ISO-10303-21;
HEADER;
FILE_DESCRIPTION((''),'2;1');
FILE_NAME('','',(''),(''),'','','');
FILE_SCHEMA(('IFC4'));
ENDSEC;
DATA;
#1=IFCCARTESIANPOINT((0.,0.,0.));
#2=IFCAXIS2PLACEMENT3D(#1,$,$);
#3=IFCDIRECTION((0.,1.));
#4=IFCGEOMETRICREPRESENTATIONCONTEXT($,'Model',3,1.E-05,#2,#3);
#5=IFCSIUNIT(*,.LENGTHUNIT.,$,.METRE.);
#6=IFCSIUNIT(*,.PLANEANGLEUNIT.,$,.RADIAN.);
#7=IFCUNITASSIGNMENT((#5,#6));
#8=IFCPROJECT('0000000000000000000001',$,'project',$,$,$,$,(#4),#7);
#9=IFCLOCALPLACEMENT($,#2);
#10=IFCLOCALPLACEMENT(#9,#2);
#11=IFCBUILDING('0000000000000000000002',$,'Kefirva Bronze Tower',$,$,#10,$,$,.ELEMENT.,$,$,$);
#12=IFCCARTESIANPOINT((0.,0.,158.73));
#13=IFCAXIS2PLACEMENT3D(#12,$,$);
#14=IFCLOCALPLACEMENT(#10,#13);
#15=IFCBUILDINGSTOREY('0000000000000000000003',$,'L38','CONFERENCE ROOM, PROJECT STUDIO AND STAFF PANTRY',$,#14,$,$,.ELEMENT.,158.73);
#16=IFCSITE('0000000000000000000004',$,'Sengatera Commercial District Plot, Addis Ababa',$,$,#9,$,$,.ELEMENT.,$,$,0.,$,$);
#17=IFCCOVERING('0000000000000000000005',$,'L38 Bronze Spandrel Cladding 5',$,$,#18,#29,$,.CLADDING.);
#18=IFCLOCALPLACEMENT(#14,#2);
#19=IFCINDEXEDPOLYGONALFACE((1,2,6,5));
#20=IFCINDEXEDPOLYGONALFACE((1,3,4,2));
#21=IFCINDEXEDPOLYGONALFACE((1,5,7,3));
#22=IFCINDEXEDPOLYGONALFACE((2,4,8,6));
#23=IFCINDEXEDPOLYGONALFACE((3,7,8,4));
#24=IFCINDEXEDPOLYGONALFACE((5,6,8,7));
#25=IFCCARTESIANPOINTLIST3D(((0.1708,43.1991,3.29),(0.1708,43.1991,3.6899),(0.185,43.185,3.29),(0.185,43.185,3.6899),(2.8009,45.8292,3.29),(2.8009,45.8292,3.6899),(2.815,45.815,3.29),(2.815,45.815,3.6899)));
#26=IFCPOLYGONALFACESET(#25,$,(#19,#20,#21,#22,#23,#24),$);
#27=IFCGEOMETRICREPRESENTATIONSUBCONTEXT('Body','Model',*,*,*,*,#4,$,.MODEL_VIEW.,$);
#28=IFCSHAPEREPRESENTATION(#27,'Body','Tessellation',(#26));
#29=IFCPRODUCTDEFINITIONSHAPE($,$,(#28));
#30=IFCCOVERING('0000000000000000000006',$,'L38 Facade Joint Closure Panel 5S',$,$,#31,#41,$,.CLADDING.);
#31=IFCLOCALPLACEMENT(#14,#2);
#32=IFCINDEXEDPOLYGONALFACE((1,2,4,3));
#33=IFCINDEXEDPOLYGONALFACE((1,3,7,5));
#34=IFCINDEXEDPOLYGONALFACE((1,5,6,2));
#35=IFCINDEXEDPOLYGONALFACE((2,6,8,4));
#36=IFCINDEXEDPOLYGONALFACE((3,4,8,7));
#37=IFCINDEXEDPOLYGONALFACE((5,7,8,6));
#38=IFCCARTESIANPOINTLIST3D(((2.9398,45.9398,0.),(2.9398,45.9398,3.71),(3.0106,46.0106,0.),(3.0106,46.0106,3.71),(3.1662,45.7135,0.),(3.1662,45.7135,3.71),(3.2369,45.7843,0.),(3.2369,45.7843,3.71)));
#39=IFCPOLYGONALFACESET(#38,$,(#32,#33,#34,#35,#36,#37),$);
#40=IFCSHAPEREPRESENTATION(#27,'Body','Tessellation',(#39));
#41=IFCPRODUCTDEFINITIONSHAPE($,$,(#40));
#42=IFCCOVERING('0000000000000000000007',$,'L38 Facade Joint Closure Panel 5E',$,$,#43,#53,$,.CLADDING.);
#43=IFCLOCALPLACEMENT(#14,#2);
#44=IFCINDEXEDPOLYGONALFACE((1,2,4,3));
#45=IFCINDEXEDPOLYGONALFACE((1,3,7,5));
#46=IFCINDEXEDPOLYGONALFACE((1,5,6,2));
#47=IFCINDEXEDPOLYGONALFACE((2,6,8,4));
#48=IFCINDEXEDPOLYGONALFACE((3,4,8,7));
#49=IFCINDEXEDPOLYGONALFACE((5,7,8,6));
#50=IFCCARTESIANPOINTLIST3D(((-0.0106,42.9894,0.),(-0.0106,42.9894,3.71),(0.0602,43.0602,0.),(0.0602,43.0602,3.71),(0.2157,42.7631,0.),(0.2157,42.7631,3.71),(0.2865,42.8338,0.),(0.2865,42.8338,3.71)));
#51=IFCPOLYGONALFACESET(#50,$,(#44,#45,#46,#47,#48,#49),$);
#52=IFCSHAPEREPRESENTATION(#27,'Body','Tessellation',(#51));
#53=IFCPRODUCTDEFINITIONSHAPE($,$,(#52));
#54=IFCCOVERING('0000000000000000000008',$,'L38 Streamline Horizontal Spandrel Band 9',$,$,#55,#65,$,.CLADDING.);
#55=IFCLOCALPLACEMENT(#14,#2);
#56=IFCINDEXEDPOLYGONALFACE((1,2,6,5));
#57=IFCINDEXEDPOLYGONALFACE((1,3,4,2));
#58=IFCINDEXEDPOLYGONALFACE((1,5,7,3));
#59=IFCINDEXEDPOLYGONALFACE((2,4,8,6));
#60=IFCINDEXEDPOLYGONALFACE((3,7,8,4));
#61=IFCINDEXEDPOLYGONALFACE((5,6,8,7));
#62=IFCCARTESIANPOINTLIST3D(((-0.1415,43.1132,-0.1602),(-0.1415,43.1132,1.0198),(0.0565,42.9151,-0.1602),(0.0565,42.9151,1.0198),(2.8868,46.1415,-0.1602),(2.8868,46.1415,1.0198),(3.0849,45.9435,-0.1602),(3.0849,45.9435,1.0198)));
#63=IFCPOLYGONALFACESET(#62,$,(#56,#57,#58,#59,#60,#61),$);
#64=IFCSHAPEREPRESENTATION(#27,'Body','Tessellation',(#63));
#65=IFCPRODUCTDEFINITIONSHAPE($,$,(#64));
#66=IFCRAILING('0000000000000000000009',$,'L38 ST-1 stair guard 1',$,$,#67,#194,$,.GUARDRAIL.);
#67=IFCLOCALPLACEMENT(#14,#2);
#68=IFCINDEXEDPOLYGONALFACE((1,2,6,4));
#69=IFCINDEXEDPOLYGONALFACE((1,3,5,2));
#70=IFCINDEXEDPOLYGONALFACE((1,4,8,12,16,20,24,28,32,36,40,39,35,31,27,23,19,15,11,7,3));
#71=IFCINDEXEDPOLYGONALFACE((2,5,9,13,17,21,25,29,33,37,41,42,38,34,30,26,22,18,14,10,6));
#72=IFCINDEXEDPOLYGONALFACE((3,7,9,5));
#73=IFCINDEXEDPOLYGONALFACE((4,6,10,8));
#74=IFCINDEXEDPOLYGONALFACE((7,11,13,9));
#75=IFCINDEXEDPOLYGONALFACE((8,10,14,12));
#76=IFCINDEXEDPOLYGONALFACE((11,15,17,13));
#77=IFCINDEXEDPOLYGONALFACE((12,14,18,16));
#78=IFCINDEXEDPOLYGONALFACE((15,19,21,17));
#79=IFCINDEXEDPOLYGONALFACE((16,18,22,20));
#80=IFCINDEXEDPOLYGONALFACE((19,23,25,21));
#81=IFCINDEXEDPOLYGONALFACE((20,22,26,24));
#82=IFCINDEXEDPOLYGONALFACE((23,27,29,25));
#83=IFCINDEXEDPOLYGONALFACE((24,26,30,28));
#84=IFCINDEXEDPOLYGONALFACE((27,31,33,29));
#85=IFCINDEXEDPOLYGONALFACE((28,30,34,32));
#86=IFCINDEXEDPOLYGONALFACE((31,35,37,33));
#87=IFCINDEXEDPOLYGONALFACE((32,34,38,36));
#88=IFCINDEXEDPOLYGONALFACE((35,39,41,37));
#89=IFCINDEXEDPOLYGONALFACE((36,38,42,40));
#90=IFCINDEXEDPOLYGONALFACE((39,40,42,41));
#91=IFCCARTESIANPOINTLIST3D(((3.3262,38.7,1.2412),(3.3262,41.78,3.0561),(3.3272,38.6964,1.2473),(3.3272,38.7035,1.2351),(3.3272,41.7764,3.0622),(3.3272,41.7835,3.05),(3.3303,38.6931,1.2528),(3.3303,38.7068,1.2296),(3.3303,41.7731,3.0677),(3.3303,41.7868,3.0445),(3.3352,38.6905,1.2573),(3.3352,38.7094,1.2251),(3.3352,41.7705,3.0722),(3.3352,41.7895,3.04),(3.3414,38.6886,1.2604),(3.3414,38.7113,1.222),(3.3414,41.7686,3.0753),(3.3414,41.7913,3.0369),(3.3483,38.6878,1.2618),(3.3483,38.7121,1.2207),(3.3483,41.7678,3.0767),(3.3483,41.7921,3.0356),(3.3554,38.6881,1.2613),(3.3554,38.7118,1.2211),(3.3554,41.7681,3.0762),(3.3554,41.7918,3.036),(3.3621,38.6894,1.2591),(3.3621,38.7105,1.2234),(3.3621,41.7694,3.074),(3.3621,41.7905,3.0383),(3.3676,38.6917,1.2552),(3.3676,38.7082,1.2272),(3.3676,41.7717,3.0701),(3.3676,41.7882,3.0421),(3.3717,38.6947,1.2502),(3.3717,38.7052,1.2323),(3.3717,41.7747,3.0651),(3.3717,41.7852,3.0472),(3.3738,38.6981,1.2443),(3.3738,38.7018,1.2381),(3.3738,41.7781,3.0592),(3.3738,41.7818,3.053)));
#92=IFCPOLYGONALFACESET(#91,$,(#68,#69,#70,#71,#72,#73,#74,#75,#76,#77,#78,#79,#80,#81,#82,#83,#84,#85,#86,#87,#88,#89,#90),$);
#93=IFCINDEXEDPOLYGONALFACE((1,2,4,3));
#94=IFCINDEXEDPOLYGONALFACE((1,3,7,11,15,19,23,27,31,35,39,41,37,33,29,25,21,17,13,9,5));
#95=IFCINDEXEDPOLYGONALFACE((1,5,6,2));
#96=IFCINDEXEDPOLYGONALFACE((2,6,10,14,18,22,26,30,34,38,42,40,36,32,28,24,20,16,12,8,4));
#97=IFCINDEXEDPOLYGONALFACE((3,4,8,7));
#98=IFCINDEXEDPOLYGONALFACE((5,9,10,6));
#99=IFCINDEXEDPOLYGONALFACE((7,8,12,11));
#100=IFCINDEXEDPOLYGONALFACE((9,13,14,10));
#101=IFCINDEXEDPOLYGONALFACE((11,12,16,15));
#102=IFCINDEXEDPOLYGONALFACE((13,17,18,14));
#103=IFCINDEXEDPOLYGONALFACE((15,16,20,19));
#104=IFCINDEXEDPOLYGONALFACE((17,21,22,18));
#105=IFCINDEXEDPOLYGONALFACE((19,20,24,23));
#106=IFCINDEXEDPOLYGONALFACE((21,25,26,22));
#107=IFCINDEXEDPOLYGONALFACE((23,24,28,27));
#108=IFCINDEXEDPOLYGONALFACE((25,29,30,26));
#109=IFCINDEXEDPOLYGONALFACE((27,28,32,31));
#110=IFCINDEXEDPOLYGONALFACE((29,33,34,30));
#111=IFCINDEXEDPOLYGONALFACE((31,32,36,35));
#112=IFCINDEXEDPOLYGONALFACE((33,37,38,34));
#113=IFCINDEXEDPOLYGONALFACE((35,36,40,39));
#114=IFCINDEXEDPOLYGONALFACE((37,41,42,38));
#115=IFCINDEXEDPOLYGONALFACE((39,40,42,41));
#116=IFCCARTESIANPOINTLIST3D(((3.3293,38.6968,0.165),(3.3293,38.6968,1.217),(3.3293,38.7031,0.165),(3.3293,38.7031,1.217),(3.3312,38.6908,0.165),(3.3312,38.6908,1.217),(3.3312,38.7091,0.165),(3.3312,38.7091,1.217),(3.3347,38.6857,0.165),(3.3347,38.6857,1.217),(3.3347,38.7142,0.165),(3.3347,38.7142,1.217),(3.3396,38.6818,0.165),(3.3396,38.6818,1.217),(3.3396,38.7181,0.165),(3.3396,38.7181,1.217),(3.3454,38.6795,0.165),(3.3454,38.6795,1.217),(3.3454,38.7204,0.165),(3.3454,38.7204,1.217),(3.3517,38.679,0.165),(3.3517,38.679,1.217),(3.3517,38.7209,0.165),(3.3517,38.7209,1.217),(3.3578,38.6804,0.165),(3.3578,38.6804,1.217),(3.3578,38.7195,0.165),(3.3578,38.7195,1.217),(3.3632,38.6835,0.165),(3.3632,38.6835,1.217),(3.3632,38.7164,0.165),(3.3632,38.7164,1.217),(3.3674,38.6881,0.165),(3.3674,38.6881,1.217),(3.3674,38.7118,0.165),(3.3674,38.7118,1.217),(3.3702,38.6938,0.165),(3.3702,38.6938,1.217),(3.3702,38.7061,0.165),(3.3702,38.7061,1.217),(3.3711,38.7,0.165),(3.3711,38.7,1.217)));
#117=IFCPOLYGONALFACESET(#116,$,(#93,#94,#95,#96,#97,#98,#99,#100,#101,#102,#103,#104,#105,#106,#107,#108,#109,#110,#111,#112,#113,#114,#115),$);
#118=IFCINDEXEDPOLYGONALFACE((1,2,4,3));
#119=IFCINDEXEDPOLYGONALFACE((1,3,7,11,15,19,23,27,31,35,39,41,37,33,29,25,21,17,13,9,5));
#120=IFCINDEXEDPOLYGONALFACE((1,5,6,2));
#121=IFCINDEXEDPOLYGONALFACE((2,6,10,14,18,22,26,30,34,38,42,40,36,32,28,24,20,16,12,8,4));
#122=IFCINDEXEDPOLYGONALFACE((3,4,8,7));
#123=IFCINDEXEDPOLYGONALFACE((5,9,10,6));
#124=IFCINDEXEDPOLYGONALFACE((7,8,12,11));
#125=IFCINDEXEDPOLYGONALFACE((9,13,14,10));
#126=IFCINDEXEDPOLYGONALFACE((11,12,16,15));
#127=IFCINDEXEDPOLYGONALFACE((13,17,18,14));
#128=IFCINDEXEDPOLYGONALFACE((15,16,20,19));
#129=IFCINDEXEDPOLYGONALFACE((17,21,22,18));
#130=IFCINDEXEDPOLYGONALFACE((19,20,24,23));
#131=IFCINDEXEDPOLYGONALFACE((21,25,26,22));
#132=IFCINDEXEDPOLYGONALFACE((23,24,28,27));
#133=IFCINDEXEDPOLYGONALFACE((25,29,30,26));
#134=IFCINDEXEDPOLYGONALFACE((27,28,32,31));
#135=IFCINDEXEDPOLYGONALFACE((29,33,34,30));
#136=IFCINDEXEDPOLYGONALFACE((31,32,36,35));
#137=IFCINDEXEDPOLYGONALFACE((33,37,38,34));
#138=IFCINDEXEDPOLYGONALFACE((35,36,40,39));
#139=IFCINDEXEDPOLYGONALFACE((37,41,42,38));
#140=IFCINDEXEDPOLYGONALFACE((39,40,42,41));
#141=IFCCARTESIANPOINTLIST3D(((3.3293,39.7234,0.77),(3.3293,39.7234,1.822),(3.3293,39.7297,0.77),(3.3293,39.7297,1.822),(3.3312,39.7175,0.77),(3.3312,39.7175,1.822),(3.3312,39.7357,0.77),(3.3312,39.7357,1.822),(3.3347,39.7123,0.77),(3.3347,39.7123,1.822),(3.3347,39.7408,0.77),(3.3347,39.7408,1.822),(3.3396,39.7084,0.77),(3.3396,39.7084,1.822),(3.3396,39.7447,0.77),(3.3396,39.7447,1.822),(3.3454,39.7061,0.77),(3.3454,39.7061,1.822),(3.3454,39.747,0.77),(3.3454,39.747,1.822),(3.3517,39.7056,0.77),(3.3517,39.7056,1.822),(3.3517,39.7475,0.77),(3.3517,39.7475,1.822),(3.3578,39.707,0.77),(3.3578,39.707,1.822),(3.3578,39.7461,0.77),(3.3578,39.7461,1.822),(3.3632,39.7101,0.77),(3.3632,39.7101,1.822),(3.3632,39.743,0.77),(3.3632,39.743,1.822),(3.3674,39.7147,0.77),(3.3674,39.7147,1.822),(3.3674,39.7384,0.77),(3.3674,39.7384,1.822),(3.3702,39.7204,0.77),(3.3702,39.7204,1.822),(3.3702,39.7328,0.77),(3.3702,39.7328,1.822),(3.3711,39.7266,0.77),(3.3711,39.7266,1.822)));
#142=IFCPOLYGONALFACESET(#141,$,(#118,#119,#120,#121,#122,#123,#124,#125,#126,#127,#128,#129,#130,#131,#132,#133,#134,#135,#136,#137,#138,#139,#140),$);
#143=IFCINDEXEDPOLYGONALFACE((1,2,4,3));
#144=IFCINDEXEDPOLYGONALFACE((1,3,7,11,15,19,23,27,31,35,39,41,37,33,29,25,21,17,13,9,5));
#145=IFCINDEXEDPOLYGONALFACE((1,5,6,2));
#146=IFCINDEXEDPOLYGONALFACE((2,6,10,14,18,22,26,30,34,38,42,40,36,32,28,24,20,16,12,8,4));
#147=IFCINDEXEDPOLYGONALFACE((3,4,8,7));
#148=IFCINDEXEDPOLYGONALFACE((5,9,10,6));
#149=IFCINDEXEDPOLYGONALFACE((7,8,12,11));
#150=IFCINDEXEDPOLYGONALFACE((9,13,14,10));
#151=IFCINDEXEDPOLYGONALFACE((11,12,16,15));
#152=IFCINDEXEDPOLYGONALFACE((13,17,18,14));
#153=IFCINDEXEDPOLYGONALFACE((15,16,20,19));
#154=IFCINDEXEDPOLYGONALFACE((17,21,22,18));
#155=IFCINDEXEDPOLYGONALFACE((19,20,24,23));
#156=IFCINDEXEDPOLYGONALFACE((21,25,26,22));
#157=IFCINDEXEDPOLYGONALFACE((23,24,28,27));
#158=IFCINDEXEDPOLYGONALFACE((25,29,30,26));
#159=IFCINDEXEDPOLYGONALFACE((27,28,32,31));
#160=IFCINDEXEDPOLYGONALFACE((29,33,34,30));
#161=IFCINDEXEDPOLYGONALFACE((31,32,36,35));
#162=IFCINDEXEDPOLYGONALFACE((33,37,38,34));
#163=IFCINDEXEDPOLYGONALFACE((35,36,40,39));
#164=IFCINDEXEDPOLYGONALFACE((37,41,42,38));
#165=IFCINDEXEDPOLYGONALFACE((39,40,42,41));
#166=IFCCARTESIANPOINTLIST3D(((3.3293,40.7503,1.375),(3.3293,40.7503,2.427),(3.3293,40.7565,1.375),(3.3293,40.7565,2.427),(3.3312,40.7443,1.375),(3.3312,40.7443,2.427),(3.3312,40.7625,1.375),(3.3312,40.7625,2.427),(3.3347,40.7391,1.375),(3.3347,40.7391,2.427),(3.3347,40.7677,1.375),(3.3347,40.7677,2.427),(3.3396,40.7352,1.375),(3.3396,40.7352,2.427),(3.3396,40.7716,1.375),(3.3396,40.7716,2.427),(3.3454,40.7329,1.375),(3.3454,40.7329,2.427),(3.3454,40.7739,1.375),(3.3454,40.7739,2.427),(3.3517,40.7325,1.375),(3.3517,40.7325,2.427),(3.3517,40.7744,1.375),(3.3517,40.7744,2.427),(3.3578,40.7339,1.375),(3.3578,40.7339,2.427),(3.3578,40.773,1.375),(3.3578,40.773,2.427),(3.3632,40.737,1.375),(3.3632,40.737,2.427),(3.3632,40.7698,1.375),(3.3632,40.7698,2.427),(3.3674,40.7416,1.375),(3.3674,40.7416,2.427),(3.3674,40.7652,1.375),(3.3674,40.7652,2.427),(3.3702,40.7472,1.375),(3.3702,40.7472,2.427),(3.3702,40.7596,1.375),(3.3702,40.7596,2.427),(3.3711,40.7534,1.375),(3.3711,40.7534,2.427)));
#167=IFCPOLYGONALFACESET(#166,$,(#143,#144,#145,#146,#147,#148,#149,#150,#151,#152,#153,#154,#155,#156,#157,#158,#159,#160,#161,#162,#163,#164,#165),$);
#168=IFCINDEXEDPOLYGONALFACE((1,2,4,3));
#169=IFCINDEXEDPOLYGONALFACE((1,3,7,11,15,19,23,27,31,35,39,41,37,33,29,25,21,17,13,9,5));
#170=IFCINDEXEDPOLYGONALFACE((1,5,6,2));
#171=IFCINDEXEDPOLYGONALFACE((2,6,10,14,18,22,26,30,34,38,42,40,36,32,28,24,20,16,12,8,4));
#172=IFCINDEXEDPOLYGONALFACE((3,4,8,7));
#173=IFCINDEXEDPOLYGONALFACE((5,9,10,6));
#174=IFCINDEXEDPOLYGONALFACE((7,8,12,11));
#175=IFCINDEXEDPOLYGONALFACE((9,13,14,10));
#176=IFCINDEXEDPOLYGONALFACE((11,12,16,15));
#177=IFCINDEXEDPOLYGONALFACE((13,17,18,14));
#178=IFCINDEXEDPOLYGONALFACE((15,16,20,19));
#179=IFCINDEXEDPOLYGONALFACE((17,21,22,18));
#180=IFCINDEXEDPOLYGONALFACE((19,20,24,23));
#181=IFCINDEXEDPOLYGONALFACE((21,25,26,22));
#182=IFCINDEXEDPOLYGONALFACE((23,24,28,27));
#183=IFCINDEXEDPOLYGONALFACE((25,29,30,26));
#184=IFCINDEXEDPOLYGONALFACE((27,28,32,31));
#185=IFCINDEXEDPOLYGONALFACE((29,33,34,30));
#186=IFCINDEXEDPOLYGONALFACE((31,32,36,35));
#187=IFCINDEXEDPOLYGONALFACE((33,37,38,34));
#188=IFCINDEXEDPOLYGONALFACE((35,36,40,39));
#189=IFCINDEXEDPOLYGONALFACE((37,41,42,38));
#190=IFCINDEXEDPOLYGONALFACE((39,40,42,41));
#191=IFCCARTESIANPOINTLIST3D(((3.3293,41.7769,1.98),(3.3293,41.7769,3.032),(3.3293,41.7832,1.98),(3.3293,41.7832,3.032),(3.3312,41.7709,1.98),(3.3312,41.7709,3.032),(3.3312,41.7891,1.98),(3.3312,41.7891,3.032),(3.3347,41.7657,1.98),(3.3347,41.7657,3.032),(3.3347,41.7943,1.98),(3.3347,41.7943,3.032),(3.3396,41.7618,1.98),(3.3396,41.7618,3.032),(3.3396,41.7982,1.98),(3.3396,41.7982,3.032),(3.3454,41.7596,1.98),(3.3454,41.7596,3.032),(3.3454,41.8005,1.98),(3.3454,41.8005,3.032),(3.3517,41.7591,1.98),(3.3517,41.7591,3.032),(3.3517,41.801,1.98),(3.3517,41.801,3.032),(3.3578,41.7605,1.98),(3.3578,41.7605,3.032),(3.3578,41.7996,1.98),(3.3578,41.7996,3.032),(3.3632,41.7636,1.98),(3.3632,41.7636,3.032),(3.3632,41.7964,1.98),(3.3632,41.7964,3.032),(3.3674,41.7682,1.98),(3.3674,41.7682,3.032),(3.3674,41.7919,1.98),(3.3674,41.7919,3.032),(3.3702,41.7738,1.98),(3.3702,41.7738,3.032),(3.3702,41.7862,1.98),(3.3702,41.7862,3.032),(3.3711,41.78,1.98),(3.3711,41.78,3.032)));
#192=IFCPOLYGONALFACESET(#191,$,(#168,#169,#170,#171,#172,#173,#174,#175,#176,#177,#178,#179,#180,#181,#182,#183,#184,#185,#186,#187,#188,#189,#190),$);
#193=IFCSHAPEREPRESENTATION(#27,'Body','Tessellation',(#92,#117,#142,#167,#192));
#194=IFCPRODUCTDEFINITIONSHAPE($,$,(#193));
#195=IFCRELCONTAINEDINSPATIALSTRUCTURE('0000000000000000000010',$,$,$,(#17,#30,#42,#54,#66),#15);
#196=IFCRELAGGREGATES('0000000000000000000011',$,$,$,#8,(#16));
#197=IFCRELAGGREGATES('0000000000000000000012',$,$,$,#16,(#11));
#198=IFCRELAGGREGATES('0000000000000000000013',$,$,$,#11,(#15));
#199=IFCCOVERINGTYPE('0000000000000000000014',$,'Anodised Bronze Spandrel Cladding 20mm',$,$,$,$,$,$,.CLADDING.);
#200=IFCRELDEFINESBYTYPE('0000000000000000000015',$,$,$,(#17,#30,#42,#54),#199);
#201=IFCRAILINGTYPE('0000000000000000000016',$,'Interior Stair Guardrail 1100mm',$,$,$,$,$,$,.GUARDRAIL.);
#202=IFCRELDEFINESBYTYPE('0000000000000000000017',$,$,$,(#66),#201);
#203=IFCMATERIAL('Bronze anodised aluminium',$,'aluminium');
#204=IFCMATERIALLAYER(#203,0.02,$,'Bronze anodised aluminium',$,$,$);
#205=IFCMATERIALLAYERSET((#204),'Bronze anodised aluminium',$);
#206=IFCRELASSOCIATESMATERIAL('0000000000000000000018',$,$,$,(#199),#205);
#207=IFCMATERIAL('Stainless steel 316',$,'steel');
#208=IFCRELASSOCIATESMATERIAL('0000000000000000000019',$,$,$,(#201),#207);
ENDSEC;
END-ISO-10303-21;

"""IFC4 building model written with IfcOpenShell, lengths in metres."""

from ifc_helpers import new_model, si_unit, direction, frame, origin, origin_2d, place, context, subcontext, project, spatial, rectangle, circle, extrude, material, layer, layer_set, type_object, element, save


model = new_model("IFC4")

# Units and contexts
model_context = context("Model", 3, precision=1e-05, world=origin(), true_north=direction((0.0, 1.0)))
body_context = subcontext(model_context, "Body", "Model", "MODEL_VIEW")
ifc_project = project(units=[si_unit("LENGTHUNIT", "METRE"), si_unit("PLANEANGLEUNIT", "RADIAN")], contexts=[model_context])

# Site, building, storey
site_placement = place(None, origin())
site = spatial("IfcSite", under=ifc_project, at=site_placement, Name="Sengatera Commercial District Plot, Addis Ababa", CompositionType="ELEMENT", RefElevation=0.0)
building_placement = place(site_placement, origin())
building = spatial("IfcBuilding", under=site, at=building_placement, Name="Kefirva Bronze Tower", CompositionType="ELEMENT")
storey_placement = place(building_placement, frame((0.0, 0.0, 158.73)))
storey = spatial("IfcBuildingStorey", under=building, at=storey_placement, Name="L38", Description="CONFERENCE ROOM, PROJECT STUDIO AND STAFF PANTRY", CompositionType="ELEMENT", Elevation=158.73)

# Shared definitions
ifc_material_1 = material(Name="Bronze anodised aluminium", Category="aluminium")

# Coverings
ifc_layer_1 = layer(ifc_material_1, 0.02, Name="Bronze anodised aluminium")
ifc_layer_set_1 = layer_set([ifc_layer_1], Name="Bronze anodised aluminium")
covering_type_1 = type_object("IfcCoveringType", Name="Anodised Bronze Spandrel Cladding 20mm", PredefinedType="CLADDING", material=ifc_layer_set_1)
covering_1_placement = place(storey_placement, frame((1.4929, 44.5071, 3.29), z_axis=(0.0, 0.0, 1.0), x_axis=(-0.707107, -0.707107, 0.0)))
element("IfcCovering", 1, at=covering_1_placement, inside=storey, type_object=covering_type_1, Name="L38 Bronze Spandrel Cladding 5", PredefinedType="CLADDING", context=body_context, shape_type="SweptSolid", body=[
    extrude(rectangle(XDim=3.7195, YDim=0.02, at=origin_2d()), origin(), (0.0, 0.0, 1.0), 0.3999),
])
for number, where, z_axis, x_axis, name in (
    (2, (3.0884, 45.8621, 0.0), (0.0, 0.0, 1.0), (-0.707107, -0.707107, 0.0), "L38 Facade Joint Closure Panel 5S"),
    (3, (0.1379, 42.9116, 0.0), (0.0, 0.0, 1.0), (-0.707107, -0.707107, 0.0), "L38 Facade Joint Closure Panel 5E"),
):
    element("IfcCovering", number, at=place(storey_placement, frame(where, z_axis=z_axis, x_axis=x_axis)), inside=storey, type_object=covering_type_1, Name=name, PredefinedType="CLADDING", context=body_context, shape_type="SweptSolid", body=[
        extrude(rectangle(XDim=0.1001, YDim=0.3201, at=origin_2d()), origin(), (0.0, 0.0, 1.0), 3.71),
    ])
covering_2_placement = place(storey_placement, frame((1.4717, 44.5283, -0.1602), z_axis=(0.0, 0.0, 1.0), x_axis=(-0.707107, -0.707107, 0.0)))
element("IfcCovering", 4, at=covering_2_placement, inside=storey, type_object=covering_type_1, Name="L38 Streamline Horizontal Spandrel Band 9", PredefinedType="CLADDING", context=body_context, shape_type="SweptSolid", body=[
    extrude(rectangle(XDim=4.2827, YDim=0.28, at=origin_2d()), origin(), (0.0, 0.0, 1.0), 1.1799),
])

# Railing
ifc_material_2 = material(Name="Stainless steel 316", Category="steel")
railing_type_1 = type_object("IfcRailingType", Name="Interior Stair Guardrail 1100mm", PredefinedType="GUARDRAIL", material=ifc_material_2)
railing_1_placement = place(storey_placement, frame((3.3501, 38.7, 0.165)))
element("IfcRailing", 5, at=railing_1_placement, inside=storey, type_object=railing_type_1, Name="L38 ST-1 stair guard 1", PredefinedType="GUARDRAIL", context=body_context, shape_type="SweptSolid", body=[
    extrude(circle(Radius=0.0239, at=origin_2d()), frame((0.0, 0.0, 1.0762), z_axis=(0.0, 0.861551, 0.507671), x_axis=(-1.0, 0.0, 0.0)), (0.0, 0.0, 1.0), 3.575),
    extrude(circle(Radius=0.021, at=origin_2d()), origin(), (0.0, 0.0, 1.0), 1.052),
    extrude(circle(Radius=0.021, at=origin_2d()), frame((0.0, 1.0266, 0.605)), (0.0, 0.0, 1.0), 1.052),
    extrude(circle(Radius=0.021, at=origin_2d()), frame((0.0, 2.0535, 1.21)), (0.0, 0.0, 1.0), 1.052),
    extrude(circle(Radius=0.021, at=origin_2d()), frame((0.0, 3.0801, 1.8149)), (0.0, 0.0, 1.0), 1.052),
])

save(model, "model.ifc")
